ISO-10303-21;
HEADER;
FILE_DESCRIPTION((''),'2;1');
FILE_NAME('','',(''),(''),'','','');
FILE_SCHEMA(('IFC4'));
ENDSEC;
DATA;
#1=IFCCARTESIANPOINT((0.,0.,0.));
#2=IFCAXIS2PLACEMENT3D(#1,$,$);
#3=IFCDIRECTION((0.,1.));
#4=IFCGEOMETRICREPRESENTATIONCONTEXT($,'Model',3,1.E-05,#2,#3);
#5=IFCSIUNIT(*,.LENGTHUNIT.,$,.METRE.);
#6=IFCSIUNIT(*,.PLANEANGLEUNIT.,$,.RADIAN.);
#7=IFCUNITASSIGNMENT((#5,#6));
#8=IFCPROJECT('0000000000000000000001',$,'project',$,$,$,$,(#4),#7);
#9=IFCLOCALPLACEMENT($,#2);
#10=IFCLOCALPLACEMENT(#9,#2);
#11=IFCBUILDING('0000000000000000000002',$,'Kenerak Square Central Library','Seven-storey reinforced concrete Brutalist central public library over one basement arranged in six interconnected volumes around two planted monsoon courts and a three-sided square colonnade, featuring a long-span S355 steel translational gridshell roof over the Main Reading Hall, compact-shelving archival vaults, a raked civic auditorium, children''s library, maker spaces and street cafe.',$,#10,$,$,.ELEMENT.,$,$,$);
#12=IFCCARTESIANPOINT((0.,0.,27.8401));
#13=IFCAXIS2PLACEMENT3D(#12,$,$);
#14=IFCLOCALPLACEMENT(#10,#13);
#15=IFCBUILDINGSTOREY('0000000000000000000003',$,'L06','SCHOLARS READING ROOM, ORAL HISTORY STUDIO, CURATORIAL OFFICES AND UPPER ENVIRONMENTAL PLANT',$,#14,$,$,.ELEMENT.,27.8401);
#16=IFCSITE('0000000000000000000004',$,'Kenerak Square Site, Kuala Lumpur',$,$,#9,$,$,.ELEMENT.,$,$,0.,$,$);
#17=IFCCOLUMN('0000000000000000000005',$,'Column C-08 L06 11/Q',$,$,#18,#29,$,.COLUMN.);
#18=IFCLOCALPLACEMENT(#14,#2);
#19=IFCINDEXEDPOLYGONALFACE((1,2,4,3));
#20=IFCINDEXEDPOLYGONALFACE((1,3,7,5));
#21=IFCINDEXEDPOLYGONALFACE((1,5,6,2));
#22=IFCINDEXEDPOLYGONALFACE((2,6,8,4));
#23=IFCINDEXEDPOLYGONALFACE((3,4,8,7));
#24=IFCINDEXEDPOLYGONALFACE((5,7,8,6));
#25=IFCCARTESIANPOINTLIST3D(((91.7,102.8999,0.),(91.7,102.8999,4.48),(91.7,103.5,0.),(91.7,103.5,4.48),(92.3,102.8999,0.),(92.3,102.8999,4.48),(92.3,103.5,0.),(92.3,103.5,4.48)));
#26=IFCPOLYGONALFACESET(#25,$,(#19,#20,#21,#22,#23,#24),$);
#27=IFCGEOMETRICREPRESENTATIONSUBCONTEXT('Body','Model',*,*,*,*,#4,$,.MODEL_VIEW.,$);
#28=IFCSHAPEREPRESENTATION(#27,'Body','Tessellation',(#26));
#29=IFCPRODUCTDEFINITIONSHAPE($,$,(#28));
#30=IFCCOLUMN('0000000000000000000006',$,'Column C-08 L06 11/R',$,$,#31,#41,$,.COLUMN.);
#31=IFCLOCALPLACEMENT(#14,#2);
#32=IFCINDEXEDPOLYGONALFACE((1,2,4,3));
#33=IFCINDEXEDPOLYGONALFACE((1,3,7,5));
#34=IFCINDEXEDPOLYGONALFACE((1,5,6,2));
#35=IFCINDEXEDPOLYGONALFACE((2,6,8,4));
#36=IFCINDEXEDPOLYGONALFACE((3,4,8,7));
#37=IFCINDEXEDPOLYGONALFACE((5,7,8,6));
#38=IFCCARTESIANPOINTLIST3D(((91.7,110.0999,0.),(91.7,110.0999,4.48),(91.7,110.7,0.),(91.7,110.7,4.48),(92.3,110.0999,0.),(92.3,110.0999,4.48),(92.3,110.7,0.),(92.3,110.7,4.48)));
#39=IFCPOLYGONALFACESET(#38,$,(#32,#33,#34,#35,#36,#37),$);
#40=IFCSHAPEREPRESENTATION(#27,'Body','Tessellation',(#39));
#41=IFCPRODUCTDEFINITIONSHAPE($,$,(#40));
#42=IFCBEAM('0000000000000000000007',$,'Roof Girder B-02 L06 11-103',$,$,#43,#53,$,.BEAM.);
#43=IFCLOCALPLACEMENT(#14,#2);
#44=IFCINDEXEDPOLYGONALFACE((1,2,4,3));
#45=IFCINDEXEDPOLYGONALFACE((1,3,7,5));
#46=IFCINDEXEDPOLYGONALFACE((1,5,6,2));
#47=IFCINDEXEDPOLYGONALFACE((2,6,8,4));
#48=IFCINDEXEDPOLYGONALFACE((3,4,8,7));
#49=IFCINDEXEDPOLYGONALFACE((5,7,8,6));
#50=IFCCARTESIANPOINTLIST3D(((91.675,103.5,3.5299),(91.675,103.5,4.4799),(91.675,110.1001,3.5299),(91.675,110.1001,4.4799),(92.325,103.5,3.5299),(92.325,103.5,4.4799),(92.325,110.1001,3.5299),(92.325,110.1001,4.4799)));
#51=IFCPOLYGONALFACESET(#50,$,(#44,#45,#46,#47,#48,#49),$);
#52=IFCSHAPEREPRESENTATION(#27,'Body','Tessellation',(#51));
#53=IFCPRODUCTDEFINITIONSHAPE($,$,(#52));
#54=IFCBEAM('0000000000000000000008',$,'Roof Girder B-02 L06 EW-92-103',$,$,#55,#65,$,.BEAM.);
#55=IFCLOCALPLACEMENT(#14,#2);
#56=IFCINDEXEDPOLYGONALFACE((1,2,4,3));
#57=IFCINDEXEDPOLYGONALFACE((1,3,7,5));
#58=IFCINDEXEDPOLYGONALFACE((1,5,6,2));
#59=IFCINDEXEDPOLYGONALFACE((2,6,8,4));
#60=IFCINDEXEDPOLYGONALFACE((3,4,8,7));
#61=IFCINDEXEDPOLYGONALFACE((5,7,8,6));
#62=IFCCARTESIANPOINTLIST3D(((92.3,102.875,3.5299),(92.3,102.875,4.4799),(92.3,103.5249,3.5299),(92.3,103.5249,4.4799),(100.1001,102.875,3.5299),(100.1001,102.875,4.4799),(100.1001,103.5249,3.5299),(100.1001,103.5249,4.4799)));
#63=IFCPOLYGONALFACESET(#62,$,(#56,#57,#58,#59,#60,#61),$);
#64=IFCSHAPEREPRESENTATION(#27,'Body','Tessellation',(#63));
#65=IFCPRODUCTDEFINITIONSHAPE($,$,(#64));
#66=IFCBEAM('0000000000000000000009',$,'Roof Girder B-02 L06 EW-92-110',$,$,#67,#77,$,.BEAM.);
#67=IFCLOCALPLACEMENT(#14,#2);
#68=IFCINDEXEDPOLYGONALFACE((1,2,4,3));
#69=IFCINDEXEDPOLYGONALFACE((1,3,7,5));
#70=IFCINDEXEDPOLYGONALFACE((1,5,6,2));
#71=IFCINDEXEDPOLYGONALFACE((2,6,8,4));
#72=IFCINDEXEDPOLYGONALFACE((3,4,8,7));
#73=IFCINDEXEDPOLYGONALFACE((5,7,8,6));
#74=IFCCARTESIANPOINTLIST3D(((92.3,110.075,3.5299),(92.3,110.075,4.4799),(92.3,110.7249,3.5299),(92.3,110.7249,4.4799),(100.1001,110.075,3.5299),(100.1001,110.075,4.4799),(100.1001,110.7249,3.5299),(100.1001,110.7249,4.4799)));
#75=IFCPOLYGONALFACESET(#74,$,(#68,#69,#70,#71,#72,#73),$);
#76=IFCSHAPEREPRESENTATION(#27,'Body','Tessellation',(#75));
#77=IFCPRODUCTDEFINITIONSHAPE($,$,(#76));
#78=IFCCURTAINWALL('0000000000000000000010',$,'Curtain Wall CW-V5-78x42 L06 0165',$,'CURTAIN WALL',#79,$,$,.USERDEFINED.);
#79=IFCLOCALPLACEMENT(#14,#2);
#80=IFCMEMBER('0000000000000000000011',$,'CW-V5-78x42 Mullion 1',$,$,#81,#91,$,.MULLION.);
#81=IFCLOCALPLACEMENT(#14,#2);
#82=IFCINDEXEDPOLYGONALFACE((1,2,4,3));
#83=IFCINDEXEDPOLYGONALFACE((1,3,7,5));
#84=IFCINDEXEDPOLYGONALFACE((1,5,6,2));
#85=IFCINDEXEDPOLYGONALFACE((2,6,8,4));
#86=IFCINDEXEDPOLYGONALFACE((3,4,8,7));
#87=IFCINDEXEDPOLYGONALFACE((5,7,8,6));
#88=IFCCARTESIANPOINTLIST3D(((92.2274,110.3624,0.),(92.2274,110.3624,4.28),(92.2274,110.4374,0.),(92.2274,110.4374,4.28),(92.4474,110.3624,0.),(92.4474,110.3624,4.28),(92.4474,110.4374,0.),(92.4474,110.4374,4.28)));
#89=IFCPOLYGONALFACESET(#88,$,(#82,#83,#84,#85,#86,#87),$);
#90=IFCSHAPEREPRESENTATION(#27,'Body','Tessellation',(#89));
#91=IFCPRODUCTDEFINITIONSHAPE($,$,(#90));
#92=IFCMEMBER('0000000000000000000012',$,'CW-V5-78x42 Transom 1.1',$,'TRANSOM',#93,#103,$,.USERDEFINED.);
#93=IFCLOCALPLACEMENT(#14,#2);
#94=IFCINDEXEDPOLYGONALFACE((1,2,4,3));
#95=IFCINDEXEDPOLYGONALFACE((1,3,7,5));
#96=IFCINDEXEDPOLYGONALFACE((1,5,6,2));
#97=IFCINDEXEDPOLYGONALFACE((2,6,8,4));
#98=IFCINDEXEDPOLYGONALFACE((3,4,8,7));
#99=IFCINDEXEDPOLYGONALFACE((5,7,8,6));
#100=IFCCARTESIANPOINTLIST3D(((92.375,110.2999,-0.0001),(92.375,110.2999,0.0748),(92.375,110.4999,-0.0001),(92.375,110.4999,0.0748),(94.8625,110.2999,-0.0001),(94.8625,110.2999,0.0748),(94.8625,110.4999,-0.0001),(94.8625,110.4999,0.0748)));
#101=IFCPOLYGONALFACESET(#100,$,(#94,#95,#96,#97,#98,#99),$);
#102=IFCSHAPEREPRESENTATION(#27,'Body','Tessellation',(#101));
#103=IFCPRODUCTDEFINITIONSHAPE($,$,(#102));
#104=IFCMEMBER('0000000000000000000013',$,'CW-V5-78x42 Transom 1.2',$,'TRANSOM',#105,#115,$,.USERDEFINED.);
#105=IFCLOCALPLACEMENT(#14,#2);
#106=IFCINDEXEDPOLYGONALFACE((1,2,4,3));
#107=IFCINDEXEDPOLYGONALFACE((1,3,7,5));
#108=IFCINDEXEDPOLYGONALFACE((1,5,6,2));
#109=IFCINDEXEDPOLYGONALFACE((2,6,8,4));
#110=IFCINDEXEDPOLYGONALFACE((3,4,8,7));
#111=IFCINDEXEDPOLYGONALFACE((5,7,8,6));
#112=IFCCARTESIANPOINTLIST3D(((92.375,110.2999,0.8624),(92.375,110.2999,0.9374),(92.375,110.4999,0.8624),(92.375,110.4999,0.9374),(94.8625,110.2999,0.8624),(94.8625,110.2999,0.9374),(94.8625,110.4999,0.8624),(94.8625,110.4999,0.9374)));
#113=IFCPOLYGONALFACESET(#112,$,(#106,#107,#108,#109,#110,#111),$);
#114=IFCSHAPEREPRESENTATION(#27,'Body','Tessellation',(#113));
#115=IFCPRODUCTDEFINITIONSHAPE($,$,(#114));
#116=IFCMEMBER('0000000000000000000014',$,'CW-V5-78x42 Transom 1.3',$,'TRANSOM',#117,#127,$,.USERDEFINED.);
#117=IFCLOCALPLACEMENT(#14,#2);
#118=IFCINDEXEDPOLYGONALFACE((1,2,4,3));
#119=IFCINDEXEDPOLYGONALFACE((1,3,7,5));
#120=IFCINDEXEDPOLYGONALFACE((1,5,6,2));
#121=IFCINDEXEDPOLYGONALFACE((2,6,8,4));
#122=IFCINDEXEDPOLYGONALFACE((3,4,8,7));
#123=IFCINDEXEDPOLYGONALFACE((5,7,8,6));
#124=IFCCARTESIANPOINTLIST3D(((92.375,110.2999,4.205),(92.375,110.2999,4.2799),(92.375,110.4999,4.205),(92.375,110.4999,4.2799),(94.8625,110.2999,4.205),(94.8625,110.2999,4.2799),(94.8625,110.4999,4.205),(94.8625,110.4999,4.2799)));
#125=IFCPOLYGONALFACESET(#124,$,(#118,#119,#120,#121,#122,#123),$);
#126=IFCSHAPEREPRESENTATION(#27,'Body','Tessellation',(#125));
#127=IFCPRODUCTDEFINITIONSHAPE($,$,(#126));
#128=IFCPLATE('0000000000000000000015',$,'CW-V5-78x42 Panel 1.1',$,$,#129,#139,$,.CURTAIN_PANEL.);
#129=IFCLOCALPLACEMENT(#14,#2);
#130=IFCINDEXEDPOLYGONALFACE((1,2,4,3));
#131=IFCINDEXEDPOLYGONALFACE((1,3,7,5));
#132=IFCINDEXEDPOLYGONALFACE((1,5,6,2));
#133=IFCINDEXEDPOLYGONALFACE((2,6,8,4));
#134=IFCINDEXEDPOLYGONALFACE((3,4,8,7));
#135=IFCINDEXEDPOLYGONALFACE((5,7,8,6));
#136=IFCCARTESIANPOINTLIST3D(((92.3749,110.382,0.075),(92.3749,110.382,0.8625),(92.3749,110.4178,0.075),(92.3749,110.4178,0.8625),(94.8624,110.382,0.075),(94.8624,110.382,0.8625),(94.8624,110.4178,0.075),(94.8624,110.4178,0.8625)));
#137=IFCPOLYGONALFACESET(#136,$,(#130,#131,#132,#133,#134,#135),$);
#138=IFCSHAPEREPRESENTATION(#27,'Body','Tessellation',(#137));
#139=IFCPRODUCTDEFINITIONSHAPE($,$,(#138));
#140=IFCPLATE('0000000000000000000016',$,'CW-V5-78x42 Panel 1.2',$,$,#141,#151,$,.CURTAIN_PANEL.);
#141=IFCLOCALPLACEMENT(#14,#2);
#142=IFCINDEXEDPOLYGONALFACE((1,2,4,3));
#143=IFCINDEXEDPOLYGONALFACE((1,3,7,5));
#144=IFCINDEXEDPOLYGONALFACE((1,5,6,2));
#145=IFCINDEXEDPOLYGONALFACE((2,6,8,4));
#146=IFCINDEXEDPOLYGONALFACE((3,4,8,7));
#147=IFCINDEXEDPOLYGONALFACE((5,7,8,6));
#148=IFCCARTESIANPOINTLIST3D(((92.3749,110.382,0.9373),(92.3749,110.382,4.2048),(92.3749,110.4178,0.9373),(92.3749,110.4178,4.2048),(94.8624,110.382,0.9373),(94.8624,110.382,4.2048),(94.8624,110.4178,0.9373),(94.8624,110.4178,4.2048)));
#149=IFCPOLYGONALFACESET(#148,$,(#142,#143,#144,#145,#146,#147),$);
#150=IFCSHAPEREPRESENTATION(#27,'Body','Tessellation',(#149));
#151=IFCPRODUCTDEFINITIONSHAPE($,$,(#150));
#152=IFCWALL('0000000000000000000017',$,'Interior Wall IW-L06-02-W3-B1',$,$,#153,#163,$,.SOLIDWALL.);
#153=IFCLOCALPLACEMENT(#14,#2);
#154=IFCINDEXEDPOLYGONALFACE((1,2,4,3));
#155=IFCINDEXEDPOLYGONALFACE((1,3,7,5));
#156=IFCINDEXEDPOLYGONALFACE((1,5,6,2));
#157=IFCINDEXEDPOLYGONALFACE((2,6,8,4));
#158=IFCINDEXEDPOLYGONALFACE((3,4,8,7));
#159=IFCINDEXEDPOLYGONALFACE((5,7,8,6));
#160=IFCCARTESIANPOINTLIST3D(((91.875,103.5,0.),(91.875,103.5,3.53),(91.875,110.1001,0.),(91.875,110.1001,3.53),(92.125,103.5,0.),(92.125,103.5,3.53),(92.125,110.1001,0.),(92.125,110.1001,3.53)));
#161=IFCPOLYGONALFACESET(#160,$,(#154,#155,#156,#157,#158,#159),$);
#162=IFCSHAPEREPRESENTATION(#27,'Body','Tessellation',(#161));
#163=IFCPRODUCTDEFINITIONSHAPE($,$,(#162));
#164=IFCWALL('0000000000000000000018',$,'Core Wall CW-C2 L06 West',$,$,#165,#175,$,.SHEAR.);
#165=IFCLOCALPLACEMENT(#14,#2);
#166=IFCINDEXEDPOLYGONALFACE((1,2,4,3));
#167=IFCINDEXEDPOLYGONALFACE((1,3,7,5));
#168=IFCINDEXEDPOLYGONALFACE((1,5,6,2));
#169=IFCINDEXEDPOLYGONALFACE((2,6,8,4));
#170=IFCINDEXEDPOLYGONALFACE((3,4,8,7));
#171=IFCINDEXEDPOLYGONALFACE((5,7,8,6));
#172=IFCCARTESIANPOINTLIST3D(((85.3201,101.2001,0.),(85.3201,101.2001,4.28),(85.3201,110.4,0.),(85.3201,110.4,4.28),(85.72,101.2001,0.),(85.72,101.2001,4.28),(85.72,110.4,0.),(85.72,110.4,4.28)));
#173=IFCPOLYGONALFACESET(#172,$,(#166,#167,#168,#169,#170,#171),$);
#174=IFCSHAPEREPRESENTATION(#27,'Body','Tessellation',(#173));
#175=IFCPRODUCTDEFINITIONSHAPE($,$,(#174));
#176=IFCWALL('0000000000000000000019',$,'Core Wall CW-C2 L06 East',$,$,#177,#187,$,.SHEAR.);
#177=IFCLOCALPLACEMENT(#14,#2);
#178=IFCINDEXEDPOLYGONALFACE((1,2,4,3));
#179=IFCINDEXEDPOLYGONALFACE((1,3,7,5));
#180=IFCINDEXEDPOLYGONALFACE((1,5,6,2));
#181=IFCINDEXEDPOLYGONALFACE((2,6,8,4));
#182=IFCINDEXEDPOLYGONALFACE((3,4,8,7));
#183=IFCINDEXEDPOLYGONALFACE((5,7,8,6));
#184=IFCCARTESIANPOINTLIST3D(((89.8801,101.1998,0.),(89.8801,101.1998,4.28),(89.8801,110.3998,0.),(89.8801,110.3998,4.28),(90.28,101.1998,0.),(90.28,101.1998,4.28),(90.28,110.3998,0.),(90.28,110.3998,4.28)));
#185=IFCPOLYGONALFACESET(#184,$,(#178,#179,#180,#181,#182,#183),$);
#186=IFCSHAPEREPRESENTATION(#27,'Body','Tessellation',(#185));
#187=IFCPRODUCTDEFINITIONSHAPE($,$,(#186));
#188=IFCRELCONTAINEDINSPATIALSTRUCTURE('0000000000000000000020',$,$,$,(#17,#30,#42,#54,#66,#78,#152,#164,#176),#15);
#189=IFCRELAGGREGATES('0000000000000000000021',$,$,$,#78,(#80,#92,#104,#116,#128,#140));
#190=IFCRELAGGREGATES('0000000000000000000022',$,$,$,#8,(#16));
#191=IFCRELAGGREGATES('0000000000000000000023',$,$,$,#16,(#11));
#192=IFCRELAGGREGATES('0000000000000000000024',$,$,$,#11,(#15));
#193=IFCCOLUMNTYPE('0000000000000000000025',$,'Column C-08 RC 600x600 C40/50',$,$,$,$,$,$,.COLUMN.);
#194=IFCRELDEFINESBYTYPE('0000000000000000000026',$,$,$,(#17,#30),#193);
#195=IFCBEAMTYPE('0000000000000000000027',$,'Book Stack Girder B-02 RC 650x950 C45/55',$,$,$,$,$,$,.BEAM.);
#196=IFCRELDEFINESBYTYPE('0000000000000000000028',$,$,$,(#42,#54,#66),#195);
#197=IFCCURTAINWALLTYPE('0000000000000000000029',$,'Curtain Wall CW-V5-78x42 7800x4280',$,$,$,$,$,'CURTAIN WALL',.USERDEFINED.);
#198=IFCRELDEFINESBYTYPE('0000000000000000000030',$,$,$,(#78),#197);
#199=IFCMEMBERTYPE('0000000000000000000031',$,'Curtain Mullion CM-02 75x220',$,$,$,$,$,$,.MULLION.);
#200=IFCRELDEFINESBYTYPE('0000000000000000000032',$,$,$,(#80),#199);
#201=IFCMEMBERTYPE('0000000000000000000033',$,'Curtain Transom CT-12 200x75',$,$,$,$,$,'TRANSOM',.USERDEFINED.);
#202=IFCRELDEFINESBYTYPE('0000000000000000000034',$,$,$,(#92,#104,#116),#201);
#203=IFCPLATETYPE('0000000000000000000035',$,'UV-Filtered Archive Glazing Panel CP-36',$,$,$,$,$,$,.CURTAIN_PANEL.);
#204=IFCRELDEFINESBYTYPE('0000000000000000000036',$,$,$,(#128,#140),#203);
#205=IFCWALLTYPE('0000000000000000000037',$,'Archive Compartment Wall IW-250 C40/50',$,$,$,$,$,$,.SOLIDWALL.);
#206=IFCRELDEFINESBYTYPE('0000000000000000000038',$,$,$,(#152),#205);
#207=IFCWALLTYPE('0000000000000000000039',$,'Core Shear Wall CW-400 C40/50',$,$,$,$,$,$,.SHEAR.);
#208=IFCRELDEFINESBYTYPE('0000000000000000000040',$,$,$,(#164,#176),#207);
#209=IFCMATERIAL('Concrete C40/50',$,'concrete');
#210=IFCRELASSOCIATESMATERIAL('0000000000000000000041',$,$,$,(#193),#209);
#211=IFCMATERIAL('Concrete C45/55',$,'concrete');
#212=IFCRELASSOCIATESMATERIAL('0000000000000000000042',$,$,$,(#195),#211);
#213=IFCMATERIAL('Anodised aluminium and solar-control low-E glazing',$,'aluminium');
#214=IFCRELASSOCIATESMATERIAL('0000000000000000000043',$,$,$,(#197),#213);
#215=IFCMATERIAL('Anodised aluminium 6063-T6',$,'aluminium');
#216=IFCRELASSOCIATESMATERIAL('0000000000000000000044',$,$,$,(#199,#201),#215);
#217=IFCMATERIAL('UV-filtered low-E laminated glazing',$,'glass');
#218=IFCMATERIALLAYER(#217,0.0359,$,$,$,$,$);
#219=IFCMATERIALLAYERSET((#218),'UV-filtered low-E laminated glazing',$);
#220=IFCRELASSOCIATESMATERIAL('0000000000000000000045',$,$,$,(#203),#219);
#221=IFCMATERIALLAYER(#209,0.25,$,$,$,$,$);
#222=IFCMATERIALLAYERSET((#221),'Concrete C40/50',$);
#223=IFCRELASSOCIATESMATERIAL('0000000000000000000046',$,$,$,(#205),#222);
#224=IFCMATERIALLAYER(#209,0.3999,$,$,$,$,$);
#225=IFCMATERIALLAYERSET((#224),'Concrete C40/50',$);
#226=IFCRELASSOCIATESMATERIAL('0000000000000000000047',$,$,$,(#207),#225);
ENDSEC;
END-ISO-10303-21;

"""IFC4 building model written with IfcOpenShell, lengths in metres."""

from ifc_helpers import new_model, si_unit, direction, frame, frame_2d, origin, origin_2d, place, context, subcontext, project, spatial, rectangle, extrude, material, layer, layer_set, material_profile, profile_set, type_object, element, aggregate, save


model = new_model("IFC4")

# Units and contexts
model_context = context("Model", 3, precision=1e-05, world=origin(), true_north=direction((0.0, 1.0)))
body_context = subcontext(model_context, "Body", "Model", "MODEL_VIEW")
ifc_project = project(units=[si_unit("LENGTHUNIT", "METRE"), si_unit("PLANEANGLEUNIT", "RADIAN")], contexts=[model_context])

# Site, building, storey
site_placement = place(None, origin())
site = spatial("IfcSite", under=ifc_project, at=site_placement, Name="Kenerak Square Site, Kuala Lumpur", CompositionType="ELEMENT", RefElevation=0.0)
building_placement = place(site_placement, origin())
building = spatial("IfcBuilding", under=site, at=building_placement, Name="Kenerak Square Central Library", Description="Seven-storey reinforced concrete Brutalist central public library over one basement arranged in six interconnected volumes around two planted monsoon courts and a three-sided square colonnade, featuring a long-span S355 steel translational gridshell roof over the Main Reading Hall, compact-shelving archival vaults, a raked civic auditorium, children's library, maker spaces and street cafe.", CompositionType="ELEMENT")
storey_placement = place(building_placement, frame((0.0, 0.0, 27.8401)))
storey = spatial("IfcBuildingStorey", under=building, at=storey_placement, Name="L06", Description="SCHOLARS READING ROOM, ORAL HISTORY STUDIO, CURATORIAL OFFICES AND UPPER ENVIRONMENTAL PLANT", CompositionType="ELEMENT", Elevation=27.8401)

# Columns
ifc_material_1 = material(Name="Concrete C40/50", Category="concrete")
ifc_material_profile_1 = material_profile(ifc_material_1, rectangle(XDim=0.6001, YDim=0.6001, at=origin_2d()), Name="RC 600x600")
ifc_profile_set_1 = profile_set([ifc_material_profile_1], Name="Concrete C40/50")
column_type = type_object("IfcColumnType", Name="Column C-08 RC 600x600 C40/50", PredefinedType="COLUMN", material=ifc_profile_set_1)
for number, where, z_axis, x_axis, name in (
    (1, (92.0, 103.2, 0.0), (0.0, 0.0, 1.0), (1.0, 0.0, 0.0), "Column C-08 L06 11/Q"),
    (2, (92.0, 110.3999, 0.0), (0.0, 0.0, 1.0), (1.0, 0.0, 0.0), "Column C-08 L06 11/R"),
):
    element("IfcColumn", number, at=place(storey_placement, frame(where, z_axis=z_axis, x_axis=x_axis)), inside=storey, type_object=column_type, Name=name, PredefinedType="COLUMN", context=body_context, shape_type="SweptSolid", body=[
        extrude(rectangle(XDim=0.6001, YDim=0.6001, at=origin_2d()), origin(), (0.0, 0.0, 1.0), 4.48),
    ])

# Beams
ifc_material_2 = material(Name="Concrete C45/55", Category="concrete")
ifc_material_profile_2 = material_profile(ifc_material_2, rectangle(XDim=0.6499, YDim=0.95, at=origin_2d()), Name="RC 650x950")
ifc_profile_set_2 = profile_set([ifc_material_profile_2], Name="Concrete C45/55")
beam_type = type_object("IfcBeamType", Name="Book Stack Girder B-02 RC 650x950 C45/55", PredefinedType="BEAM", material=ifc_profile_set_2)
beam_placement = place(storey_placement, frame((92.0, 103.5, 4.0049), z_axis=(0.0, 1.0, 0.0), x_axis=(-1.0, 0.0, 0.0)))
element("IfcBeam", 3, at=beam_placement, inside=storey, type_object=beam_type, Name="Roof Girder B-02 L06 11-103", PredefinedType="BEAM", context=body_context, shape_type="SweptSolid", body=[
    extrude(rectangle(XDim=0.6499, YDim=0.95, at=origin_2d()), origin(), (0.0, 0.0, 1.0), 6.6001),
])
for number, where, z_axis, x_axis, name in (
    (4, (92.3, 103.2, 4.0049), (1.0, 0.0, 0.0), (0.0, 1.0, 0.0), "Roof Girder B-02 L06 EW-92-103"),
    (5, (92.3, 110.3999, 4.0049), (1.0, 0.0, 0.0), (0.0, 1.0, 0.0), "Roof Girder B-02 L06 EW-92-110"),
):
    element("IfcBeam", number, at=place(storey_placement, frame(where, z_axis=z_axis, x_axis=x_axis)), inside=storey, type_object=beam_type, Name=name, PredefinedType="BEAM", context=body_context, shape_type="SweptSolid", body=[
        extrude(rectangle(XDim=0.6499, YDim=0.95, at=origin_2d()), origin(), (0.0, 0.0, 1.0), 7.8),
    ])

# Curtain wall, members, plates
ifc_material_3 = material(Name="Anodised aluminium and solar-control low-E glazing", Category="aluminium")
curtain_wall_type = type_object("IfcCurtainWallType", Name="Curtain Wall CW-V5-78x42 7800x4280", ElementType="CURTAIN WALL", PredefinedType="USERDEFINED", material=ifc_material_3)
curtain_wall_placement = place(storey_placement, origin())
curtain_wall = element("IfcCurtainWall", 6, at=curtain_wall_placement, inside=storey, type_object=curtain_wall_type, Name="Curtain Wall CW-V5-78x42 L06 0165", ObjectType="CURTAIN WALL", PredefinedType="USERDEFINED")
ifc_material_4 = material(Name="Anodised aluminium 6063-T6", Category="aluminium")
ifc_material_profile_3 = material_profile(ifc_material_4, rectangle(XDim=0.075, YDim=0.22, at=origin_2d()), Name="AL MULLION 75x220")
ifc_profile_set_3 = profile_set([ifc_material_profile_3], Name="Anodised aluminium 6063-T6")
member_type_1 = type_object("IfcMemberType", Name="Curtain Mullion CM-02 75x220", PredefinedType="MULLION", material=ifc_profile_set_3)
member_1_placement = place(storey_placement, frame((92.3374, 110.3999, 0.0), z_axis=(0.0, 0.0, 1.0), x_axis=(0.0, 1.0, 0.0)))
member_1 = element("IfcMember", 7, at=member_1_placement, type_object=member_type_1, Name="CW-V5-78x42 Mullion 1", PredefinedType="MULLION", context=body_context, shape_type="SweptSolid", body=[
    extrude(rectangle(XDim=0.075, YDim=0.22, at=origin_2d()), origin(), (0.0, 0.0, 1.0), 4.28),
])
ifc_material_profile_4 = material_profile(ifc_material_4, rectangle(XDim=0.2, YDim=0.075, at=origin_2d()), Name="AL TRANSOM 200x75")
ifc_profile_set_4 = profile_set([ifc_material_profile_4], Name="Anodised aluminium 6063-T6")
member_type_2 = type_object("IfcMemberType", Name="Curtain Transom CT-12 200x75", ElementType="TRANSOM", PredefinedType="USERDEFINED", material=ifc_profile_set_4)
member_2_placement = place(storey_placement, frame((92.375, 110.3999, 0.0374), z_axis=(1.0, 0.0, 0.0), x_axis=(0.0, 1.0, 0.0)))
member_2 = element("IfcMember", 8, at=member_2_placement, type_object=member_type_2, Name="CW-V5-78x42 Transom 1.1", ObjectType="TRANSOM", PredefinedType="USERDEFINED", context=body_context, shape_type="SweptSolid", body=[
    extrude(rectangle(XDim=0.2, YDim=0.075, at=origin_2d()), origin(), (0.0, 0.0, 1.0), 2.4875),
])
member_3_placement = place(storey_placement, frame((92.375, 110.3999, 0.8999), z_axis=(1.0, 0.0, 0.0), x_axis=(0.0, 1.0, 0.0)))
member_3 = element("IfcMember", 9, at=member_3_placement, type_object=member_type_2, Name="CW-V5-78x42 Transom 1.2", ObjectType="TRANSOM", PredefinedType="USERDEFINED", context=body_context, shape_type="SweptSolid", body=[
    extrude(rectangle(XDim=0.2, YDim=0.075, at=origin_2d()), origin(), (0.0, 0.0, 1.0), 2.4875),
])
member_4_placement = place(storey_placement, frame((92.375, 110.3999, 4.2424), z_axis=(1.0, 0.0, 0.0), x_axis=(0.0, 1.0, 0.0)))
member_4 = element("IfcMember", 10, at=member_4_placement, type_object=member_type_2, Name="CW-V5-78x42 Transom 1.3", ObjectType="TRANSOM", PredefinedType="USERDEFINED", context=body_context, shape_type="SweptSolid", body=[
    extrude(rectangle(XDim=0.2, YDim=0.075, at=origin_2d()), origin(), (0.0, 0.0, 1.0), 2.4875),
])
ifc_material_5 = material(Name="UV-filtered low-E laminated glazing", Category="glass")
ifc_layer_1 = layer(ifc_material_5, 0.0359)
ifc_layer_set_1 = layer_set([ifc_layer_1], Name="UV-filtered low-E laminated glazing")
plate_type = type_object("IfcPlateType", Name="UV-Filtered Archive Glazing Panel CP-36", PredefinedType="CURTAIN_PANEL", material=ifc_layer_set_1)
plate_1_placement = place(storey_placement, frame((93.6187, 110.3999, 0.075), z_axis=(0.0, 0.0, 1.0), x_axis=(1.0, 0.0, 0.0)))
plate_1 = element("IfcPlate", 11, at=plate_1_placement, type_object=plate_type, Name="CW-V5-78x42 Panel 1.1", PredefinedType="CURTAIN_PANEL", context=body_context, shape_type="SweptSolid", body=[
    extrude(rectangle(XDim=2.4875, YDim=0.0359, at=origin_2d()), origin(), (0.0, 0.0, 1.0), 0.7876),
])
plate_2_placement = place(storey_placement, frame((93.6187, 110.3999, 0.9373), z_axis=(0.0, 0.0, 1.0), x_axis=(1.0, 0.0, 0.0)))
plate_2 = element("IfcPlate", 12, at=plate_2_placement, type_object=plate_type, Name="CW-V5-78x42 Panel 1.2", PredefinedType="CURTAIN_PANEL", context=body_context, shape_type="SweptSolid", body=[
    extrude(rectangle(XDim=2.4875, YDim=0.0359, at=origin_2d()), origin(), (0.0, 0.0, 1.0), 3.2676),
])
aggregate(curtain_wall, [member_1, member_2, member_3, member_4, plate_1, plate_2])

# Walls
ifc_layer_2 = layer(ifc_material_1, 0.25)
ifc_layer_set_2 = layer_set([ifc_layer_2], Name="Concrete C40/50")
wall_type_1 = type_object("IfcWallType", Name="Archive Compartment Wall IW-250 C40/50", PredefinedType="SOLIDWALL", material=ifc_layer_set_2)
wall_1_placement = place(storey_placement, frame((92.0, 103.5, 0.0), z_axis=(0.0, 0.0, 1.0), x_axis=(0.0, 1.0, 0.0)))
element("IfcWall", 13, at=wall_1_placement, inside=storey, type_object=wall_type_1, Name="Interior Wall IW-L06-02-W3-B1", PredefinedType="SOLIDWALL", context=body_context, shape_type="SweptSolid", body=[
    extrude(rectangle(XDim=6.6001, YDim=0.25, at=frame_2d((3.3, 0.0))), origin(), (0.0, 0.0, 1.0), 3.53),
])
ifc_layer_3 = layer(ifc_material_1, 0.3999)
ifc_layer_set_3 = layer_set([ifc_layer_3], Name="Concrete C40/50")
wall_type_2 = type_object("IfcWallType", Name="Core Shear Wall CW-400 C40/50", PredefinedType="SHEAR", material=ifc_layer_set_3)
for number, where, z_axis, x_axis, name in (
    (14, (85.52, 101.2, 0.0), (0.0, 0.0, 1.0), (0.0, 1.0, 0.0), "Core Wall CW-C2 L06 West"),
    (15, (90.0801, 110.3999, 0.0), (0.0, 0.0, 1.0), (0.0, -1.0, 0.0), "Core Wall CW-C2 L06 East"),
):
    element("IfcWall", number, at=place(storey_placement, frame(where, z_axis=z_axis, x_axis=x_axis)), inside=storey, type_object=wall_type_2, Name=name, PredefinedType="SHEAR", context=body_context, shape_type="SweptSolid", body=[
        extrude(rectangle(XDim=9.2, YDim=0.3999, at=frame_2d((4.6001, 0.0))), origin(), (0.0, 0.0, 1.0), 4.28),
    ])

save(model, "model.ifc")
